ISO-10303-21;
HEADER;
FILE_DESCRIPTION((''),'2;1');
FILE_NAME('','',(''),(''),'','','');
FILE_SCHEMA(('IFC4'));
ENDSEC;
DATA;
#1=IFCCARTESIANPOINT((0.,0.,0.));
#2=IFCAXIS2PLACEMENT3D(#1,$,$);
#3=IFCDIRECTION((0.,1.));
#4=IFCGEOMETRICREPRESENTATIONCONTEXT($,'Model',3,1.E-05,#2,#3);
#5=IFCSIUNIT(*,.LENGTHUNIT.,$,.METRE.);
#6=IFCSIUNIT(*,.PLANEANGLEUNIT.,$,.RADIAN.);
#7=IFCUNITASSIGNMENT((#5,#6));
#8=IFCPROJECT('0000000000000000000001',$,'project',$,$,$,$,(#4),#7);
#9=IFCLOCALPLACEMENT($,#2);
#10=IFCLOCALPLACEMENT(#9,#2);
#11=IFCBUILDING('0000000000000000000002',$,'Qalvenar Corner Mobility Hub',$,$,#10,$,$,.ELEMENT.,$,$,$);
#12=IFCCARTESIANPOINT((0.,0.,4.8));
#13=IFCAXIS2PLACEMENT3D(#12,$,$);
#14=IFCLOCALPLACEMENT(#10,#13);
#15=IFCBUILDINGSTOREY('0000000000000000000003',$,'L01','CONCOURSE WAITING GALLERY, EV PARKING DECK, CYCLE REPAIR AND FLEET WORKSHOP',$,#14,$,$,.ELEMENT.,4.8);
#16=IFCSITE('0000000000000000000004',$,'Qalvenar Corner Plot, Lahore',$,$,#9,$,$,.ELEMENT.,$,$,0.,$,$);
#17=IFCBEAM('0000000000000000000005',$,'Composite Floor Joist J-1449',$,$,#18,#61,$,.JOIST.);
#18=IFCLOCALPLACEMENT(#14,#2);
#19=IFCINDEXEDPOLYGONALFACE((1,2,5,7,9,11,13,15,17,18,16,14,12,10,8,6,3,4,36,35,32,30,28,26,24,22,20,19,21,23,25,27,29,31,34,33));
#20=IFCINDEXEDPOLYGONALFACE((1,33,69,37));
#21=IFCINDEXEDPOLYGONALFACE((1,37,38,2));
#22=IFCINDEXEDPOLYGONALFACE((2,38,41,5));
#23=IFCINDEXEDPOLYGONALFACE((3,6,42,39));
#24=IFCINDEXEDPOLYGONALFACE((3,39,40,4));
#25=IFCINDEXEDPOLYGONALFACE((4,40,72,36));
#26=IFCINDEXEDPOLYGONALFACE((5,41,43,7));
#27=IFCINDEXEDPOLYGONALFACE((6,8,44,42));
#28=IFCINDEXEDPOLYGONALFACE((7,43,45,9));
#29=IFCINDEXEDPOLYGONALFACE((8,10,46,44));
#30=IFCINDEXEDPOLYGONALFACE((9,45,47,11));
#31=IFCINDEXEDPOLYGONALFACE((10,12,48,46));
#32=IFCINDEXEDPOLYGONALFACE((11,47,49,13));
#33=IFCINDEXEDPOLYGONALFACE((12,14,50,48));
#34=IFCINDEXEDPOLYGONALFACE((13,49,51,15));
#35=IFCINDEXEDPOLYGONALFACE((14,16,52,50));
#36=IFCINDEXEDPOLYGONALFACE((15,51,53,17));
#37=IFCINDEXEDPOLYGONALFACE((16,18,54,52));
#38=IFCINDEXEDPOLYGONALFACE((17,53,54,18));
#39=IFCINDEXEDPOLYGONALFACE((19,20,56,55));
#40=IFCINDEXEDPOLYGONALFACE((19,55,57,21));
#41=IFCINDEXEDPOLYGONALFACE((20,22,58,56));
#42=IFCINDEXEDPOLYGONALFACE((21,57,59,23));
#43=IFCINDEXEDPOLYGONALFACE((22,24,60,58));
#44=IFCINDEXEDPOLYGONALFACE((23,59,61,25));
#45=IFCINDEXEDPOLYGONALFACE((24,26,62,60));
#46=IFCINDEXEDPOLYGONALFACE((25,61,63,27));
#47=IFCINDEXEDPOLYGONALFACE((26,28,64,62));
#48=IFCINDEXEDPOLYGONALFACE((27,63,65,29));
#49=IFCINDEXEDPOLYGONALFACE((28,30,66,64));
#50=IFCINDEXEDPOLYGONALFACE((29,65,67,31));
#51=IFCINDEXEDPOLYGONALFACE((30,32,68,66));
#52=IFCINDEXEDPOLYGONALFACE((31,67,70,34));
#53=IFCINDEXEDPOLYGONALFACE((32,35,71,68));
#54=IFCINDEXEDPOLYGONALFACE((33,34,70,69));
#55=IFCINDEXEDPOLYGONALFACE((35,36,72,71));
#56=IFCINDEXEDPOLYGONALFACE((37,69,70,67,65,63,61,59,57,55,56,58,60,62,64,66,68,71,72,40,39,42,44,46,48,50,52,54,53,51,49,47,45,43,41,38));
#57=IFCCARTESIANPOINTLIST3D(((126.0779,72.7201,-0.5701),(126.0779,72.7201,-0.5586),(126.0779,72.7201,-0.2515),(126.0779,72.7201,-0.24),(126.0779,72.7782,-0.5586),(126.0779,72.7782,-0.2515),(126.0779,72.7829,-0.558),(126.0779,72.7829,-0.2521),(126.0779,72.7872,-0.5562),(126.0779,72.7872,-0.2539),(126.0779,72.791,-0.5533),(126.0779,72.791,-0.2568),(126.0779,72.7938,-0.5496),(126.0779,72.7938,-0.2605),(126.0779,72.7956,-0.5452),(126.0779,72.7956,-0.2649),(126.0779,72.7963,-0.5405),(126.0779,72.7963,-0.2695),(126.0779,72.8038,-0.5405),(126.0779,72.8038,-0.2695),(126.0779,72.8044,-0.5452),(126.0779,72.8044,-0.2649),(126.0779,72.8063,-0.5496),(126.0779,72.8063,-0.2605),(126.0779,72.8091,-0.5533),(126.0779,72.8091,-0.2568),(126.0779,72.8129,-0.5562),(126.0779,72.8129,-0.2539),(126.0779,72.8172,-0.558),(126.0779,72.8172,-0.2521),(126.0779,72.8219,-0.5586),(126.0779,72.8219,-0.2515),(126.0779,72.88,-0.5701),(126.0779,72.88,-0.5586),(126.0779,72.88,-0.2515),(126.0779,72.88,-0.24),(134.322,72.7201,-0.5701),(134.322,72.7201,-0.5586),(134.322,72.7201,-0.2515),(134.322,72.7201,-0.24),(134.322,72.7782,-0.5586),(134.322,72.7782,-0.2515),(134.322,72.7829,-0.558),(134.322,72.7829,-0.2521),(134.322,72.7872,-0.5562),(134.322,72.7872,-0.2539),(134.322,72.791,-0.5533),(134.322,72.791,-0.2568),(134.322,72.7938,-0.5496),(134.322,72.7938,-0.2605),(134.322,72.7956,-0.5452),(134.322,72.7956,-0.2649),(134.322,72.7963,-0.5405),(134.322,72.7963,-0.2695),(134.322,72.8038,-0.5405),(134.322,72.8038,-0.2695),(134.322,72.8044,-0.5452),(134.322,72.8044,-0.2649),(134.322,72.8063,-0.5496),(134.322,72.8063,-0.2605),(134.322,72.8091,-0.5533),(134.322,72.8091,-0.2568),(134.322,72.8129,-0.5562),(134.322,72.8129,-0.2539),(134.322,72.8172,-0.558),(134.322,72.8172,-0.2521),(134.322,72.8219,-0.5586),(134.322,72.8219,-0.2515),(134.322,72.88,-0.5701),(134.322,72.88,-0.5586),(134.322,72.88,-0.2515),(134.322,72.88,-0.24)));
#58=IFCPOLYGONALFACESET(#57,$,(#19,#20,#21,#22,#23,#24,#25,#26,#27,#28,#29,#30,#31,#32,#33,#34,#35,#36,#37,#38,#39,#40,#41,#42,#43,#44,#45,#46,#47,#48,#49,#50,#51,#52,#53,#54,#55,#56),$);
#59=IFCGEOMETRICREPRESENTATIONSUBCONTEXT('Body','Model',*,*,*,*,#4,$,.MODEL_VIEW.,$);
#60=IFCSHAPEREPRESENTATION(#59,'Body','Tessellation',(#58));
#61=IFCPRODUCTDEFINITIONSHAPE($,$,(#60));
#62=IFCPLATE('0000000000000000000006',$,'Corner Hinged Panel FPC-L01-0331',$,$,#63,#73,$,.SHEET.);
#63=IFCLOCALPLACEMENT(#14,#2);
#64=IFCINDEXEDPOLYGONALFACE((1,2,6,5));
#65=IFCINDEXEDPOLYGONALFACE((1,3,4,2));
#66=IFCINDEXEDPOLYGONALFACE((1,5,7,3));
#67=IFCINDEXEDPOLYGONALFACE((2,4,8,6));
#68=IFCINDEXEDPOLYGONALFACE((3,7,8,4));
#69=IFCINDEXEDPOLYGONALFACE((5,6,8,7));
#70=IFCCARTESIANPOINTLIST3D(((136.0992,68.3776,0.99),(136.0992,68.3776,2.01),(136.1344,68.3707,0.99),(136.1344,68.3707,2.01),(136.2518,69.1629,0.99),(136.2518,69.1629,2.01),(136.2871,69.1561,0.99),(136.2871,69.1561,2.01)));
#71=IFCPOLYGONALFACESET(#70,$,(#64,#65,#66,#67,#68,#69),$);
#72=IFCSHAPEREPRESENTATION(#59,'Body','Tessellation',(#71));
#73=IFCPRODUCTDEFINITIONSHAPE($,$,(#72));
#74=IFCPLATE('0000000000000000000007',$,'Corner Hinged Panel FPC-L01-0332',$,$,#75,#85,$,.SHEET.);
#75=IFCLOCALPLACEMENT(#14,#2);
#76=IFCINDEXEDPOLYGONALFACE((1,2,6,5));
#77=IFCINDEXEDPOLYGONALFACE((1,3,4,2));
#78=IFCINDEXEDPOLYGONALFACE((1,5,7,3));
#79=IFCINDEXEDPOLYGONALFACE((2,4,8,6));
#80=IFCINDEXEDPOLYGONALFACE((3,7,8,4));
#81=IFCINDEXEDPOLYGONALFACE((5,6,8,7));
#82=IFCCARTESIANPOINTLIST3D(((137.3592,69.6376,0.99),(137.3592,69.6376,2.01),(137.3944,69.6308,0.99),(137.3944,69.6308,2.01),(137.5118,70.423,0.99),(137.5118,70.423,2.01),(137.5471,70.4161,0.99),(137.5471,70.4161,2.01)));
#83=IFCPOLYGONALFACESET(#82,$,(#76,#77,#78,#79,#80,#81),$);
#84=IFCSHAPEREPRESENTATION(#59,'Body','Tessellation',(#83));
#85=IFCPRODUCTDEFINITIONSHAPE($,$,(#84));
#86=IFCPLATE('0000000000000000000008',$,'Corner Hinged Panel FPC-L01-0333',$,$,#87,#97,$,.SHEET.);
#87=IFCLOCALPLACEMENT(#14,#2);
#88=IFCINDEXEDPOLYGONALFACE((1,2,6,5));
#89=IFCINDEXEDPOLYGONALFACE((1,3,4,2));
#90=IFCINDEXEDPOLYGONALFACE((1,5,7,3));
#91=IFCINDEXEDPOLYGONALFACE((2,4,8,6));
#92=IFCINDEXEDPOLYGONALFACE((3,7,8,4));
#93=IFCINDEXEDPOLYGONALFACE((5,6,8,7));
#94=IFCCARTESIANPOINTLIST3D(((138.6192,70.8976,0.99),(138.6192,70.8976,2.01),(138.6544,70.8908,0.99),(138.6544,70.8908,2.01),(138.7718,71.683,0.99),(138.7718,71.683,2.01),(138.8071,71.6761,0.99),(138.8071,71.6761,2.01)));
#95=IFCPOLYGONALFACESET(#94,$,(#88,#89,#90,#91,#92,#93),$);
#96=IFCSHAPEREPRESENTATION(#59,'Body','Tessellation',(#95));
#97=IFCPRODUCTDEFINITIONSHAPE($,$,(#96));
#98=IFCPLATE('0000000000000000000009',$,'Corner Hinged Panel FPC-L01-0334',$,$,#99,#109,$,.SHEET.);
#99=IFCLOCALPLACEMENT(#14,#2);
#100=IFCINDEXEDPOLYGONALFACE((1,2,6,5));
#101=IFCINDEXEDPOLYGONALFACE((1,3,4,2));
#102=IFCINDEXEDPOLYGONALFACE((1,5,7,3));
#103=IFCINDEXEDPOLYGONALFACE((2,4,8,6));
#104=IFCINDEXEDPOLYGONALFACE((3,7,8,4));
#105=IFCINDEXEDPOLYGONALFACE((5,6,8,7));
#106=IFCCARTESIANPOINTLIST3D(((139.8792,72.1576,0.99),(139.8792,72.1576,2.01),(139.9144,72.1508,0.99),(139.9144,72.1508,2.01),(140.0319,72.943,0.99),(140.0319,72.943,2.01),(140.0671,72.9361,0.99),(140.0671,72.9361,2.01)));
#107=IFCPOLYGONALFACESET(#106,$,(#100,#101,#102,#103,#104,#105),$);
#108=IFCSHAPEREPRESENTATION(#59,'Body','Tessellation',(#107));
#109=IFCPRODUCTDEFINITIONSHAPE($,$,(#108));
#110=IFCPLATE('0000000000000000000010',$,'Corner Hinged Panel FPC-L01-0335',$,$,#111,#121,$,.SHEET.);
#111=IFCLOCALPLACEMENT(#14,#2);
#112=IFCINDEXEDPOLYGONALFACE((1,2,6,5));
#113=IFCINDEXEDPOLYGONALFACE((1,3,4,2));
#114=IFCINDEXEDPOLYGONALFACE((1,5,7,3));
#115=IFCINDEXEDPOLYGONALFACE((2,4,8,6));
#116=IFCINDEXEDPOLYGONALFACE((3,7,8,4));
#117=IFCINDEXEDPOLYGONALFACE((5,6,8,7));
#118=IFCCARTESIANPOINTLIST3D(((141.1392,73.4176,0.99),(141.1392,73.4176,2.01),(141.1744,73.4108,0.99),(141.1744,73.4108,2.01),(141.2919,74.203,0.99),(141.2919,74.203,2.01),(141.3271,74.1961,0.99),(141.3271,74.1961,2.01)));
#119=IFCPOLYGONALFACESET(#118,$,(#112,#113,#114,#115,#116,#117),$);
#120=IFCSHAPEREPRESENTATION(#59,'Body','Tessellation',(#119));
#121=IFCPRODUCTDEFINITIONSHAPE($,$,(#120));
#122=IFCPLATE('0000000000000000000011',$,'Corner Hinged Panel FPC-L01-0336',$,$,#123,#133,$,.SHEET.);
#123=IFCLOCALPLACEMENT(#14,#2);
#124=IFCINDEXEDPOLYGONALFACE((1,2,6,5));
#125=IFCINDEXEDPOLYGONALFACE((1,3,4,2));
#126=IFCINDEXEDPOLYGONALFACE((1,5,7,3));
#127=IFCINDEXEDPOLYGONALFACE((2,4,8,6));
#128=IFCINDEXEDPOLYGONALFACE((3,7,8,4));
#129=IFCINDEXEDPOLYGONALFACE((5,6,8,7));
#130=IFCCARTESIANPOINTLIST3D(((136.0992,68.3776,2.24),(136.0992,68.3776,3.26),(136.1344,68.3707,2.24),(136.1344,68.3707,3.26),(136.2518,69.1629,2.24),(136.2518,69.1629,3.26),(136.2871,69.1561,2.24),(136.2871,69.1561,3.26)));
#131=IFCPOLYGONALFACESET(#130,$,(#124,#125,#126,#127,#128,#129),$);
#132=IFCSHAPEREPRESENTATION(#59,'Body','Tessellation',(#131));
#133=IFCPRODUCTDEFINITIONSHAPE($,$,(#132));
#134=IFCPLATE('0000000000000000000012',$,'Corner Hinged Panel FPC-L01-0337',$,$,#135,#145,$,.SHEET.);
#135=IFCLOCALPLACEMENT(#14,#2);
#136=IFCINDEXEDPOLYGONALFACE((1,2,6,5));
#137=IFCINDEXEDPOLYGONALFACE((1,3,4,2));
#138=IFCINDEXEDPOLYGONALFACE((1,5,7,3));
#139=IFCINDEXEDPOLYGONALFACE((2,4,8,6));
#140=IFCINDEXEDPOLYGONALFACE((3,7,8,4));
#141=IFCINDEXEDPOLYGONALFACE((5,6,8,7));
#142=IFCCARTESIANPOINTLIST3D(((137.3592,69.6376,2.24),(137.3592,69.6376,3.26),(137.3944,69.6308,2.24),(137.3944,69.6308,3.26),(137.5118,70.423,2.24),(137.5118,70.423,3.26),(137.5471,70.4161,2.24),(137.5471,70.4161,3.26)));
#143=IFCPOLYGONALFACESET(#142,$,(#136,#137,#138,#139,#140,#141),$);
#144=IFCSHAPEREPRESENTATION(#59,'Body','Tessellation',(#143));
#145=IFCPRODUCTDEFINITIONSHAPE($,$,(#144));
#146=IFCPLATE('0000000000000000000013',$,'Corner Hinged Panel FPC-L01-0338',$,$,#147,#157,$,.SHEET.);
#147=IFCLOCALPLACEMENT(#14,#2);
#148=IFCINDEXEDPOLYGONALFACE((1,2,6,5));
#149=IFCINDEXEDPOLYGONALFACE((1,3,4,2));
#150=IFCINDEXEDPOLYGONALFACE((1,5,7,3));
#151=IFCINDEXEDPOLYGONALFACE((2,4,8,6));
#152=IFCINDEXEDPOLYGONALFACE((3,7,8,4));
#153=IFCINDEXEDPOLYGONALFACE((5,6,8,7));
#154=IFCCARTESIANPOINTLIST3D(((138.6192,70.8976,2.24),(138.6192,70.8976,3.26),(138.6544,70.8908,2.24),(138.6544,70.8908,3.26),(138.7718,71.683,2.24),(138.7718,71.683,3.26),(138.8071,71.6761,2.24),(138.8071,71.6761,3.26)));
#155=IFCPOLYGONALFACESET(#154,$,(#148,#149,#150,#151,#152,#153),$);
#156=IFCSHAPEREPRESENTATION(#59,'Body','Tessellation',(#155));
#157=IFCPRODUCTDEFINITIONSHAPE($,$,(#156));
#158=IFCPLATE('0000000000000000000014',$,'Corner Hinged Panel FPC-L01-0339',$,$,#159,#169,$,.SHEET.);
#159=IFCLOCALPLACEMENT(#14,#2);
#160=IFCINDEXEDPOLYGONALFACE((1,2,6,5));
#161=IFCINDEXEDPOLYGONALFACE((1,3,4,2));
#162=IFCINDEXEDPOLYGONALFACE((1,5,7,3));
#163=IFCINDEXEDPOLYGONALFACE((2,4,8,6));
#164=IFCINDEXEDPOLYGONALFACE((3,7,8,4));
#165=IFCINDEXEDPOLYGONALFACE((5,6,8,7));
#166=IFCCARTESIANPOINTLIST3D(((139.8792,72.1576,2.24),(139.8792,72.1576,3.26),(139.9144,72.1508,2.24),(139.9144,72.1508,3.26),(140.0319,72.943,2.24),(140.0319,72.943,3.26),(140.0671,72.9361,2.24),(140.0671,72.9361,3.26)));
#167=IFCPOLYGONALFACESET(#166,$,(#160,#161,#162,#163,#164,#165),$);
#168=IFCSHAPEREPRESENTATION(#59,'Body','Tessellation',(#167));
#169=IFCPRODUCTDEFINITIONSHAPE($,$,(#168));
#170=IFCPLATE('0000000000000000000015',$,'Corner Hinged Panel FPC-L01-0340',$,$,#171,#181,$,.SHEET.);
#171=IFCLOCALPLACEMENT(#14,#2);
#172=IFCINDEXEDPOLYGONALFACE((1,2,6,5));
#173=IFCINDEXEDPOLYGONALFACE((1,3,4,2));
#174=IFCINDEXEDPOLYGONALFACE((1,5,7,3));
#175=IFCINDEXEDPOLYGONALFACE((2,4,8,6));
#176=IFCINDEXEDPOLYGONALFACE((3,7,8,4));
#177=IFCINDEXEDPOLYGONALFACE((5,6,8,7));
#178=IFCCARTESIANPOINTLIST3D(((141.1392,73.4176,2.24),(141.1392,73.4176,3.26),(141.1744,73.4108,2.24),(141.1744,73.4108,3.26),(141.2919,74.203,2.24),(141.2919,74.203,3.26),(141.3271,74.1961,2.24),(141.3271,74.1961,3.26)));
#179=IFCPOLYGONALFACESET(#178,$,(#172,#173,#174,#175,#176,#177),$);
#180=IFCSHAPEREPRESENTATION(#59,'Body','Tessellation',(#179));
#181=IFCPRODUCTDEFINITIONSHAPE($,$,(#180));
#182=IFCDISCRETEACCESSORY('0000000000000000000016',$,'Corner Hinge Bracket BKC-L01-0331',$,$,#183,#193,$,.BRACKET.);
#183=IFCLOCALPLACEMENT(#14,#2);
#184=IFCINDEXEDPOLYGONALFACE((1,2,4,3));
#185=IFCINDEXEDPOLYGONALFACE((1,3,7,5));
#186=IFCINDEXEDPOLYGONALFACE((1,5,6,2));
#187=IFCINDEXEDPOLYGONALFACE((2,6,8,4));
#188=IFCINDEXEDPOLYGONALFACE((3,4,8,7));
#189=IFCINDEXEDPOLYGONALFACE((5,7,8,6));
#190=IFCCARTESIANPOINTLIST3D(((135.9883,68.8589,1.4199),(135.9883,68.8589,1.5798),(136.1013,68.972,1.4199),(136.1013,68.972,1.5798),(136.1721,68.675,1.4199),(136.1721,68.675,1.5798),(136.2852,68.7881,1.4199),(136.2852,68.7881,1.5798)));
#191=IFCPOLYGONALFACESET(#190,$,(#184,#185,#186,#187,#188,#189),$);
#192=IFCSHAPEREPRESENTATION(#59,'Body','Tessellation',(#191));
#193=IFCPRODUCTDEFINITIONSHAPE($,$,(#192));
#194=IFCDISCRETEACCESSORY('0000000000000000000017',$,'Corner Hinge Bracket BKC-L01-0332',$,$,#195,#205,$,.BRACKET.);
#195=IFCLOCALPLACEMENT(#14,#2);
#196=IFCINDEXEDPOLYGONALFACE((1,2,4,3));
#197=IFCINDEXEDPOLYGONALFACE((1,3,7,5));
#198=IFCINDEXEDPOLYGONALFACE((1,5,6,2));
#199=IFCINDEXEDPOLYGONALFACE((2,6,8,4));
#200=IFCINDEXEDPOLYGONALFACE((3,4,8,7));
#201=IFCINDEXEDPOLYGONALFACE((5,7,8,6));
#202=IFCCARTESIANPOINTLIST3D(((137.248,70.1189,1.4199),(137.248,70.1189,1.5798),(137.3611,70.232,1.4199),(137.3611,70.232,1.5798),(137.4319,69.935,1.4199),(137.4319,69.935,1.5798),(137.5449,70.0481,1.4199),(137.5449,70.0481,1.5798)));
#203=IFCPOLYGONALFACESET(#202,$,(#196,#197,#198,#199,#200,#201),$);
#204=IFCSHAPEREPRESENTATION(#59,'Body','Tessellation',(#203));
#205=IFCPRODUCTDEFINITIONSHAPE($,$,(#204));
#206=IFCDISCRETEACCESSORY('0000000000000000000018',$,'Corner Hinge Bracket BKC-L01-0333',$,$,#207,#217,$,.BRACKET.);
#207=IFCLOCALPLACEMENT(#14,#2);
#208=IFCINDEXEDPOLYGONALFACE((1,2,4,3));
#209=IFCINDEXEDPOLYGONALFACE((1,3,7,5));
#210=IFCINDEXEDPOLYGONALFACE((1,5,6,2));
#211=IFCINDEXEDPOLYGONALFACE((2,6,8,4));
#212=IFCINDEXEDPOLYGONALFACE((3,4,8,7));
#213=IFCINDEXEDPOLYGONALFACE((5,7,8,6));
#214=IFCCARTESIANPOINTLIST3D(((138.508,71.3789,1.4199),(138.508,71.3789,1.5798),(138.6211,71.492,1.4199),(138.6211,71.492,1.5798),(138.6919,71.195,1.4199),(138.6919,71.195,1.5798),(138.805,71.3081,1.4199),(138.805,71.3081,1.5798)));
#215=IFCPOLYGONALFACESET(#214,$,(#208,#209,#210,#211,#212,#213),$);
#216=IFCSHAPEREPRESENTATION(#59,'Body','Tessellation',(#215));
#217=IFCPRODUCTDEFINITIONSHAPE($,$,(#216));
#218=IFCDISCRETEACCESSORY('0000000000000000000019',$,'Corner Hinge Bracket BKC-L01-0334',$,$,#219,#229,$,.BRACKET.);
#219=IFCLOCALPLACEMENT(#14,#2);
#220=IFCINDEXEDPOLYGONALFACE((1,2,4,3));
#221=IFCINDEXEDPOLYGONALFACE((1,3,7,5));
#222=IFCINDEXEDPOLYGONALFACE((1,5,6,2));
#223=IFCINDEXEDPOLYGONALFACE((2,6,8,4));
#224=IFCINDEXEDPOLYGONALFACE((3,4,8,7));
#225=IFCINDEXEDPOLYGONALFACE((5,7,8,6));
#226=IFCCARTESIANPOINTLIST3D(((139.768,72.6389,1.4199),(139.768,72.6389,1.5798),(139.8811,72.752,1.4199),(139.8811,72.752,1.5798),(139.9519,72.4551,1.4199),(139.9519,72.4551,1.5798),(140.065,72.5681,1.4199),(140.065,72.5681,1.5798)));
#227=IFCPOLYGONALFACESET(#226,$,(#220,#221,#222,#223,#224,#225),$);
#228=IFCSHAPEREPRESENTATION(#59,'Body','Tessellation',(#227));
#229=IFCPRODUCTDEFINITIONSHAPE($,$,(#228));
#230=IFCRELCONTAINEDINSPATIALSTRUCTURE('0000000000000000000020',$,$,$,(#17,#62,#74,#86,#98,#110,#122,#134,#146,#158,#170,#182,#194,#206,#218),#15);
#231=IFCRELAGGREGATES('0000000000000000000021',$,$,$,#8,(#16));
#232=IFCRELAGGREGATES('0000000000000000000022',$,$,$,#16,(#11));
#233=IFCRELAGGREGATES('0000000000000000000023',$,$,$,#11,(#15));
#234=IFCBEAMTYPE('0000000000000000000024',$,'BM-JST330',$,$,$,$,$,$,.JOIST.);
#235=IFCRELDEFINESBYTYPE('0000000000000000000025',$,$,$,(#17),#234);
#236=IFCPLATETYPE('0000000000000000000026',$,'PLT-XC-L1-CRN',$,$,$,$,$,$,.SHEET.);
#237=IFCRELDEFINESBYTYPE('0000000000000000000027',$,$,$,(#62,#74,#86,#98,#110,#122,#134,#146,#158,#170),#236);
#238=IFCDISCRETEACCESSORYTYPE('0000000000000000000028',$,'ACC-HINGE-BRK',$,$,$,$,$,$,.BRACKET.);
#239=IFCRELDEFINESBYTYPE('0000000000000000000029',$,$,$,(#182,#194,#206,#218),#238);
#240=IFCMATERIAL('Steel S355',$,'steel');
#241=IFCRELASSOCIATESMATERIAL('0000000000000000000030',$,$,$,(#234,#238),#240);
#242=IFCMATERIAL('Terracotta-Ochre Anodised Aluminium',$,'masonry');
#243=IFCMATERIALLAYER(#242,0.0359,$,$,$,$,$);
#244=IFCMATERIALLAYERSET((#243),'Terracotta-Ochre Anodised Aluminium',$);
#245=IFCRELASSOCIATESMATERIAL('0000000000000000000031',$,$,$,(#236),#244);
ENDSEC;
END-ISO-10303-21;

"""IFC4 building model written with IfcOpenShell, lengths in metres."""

from ifc_helpers import new_model, si_unit, direction, frame, origin, origin_2d, place, context, subcontext, project, spatial, rectangle, i_section, extrude, material, layer, layer_set, material_profile, profile_set, type_object, element, save


model = new_model("IFC4")

# Units and contexts
model_context = context("Model", 3, precision=1e-05, world=origin(), true_north=direction((0.0, 1.0)))
body_context = subcontext(model_context, "Body", "Model", "MODEL_VIEW")
ifc_project = project(units=[si_unit("LENGTHUNIT", "METRE"), si_unit("PLANEANGLEUNIT", "RADIAN")], contexts=[model_context])

# Site, building, storey
site_placement = place(None, origin())
site = spatial("IfcSite", under=ifc_project, at=site_placement, Name="Qalvenar Corner Plot, Lahore", CompositionType="ELEMENT", RefElevation=0.0)
building_placement = place(site_placement, origin())
building = spatial("IfcBuilding", under=site, at=building_placement, Name="Qalvenar Corner Mobility Hub", CompositionType="ELEMENT")
storey_placement = place(building_placement, frame((0.0, 0.0, 4.8)))
storey = spatial("IfcBuildingStorey", under=building, at=storey_placement, Name="L01", Description="CONCOURSE WAITING GALLERY, EV PARKING DECK, CYCLE REPAIR AND FLEET WORKSHOP", CompositionType="ELEMENT", Elevation=4.8)

# Shared definitions
ifc_material_1 = material(Name="Steel S355", Category="steel")

# Beam
ifc_material_profile_1 = material_profile(ifc_material_1, i_section(OverallWidth=0.1599, OverallDepth=0.3301, WebThickness=0.0076, FlangeThickness=0.0115, FilletRadius=0.0181, at=origin_2d()), Name="IPE330")
ifc_profile_set_1 = profile_set([ifc_material_profile_1], Name="Steel S355")
beam_type_1 = type_object("IfcBeamType", Name="BM-JST330", PredefinedType="JOIST", material=ifc_profile_set_1)
for number, where, z_axis, x_axis, name in (
    (1, (126.0779, 72.8, -0.405), (1.0, 0.0, 0.0), (0.0, 1.0, 0.0), "Composite Floor Joist J-1449"),
):
    element("IfcBeam", number, at=place(storey_placement, frame(where, z_axis=z_axis, x_axis=x_axis)), inside=storey, type_object=beam_type_1, Name=name, PredefinedType="JOIST", context=body_context, shape_type="SweptSolid", body=[
        extrude(i_section(OverallWidth=0.1599, OverallDepth=0.3301, WebThickness=0.0076, FlangeThickness=0.0115, FilletRadius=0.0181, at=origin_2d()), origin(), (0.0, 0.0, 1.0), 8.2441),
    ])

# Plates
ifc_material_2 = material(Name="Terracotta-Ochre Anodised Aluminium", Category="masonry")
ifc_layer = layer(ifc_material_2, 0.0359)
ifc_layer_set = layer_set([ifc_layer], Name="Terracotta-Ochre Anodised Aluminium")
plate_type = type_object("IfcPlateType", Name="PLT-XC-L1-CRN", PredefinedType="SHEET", material=ifc_layer_set)
for number, where, z_axis, x_axis, name in (
    (2, (136.1931, 68.7668, 0.99), (0.0, 0.0, 1.0), (0.190809, 0.981627, 0.0), "Corner Hinged Panel FPC-L01-0331"),
    (3, (137.4531, 70.0269, 0.99), (0.0, 0.0, 1.0), (0.190809, 0.981627, 0.0), "Corner Hinged Panel FPC-L01-0332"),
    (4, (138.7131, 71.2869, 0.99), (0.0, 0.0, 1.0), (0.190809, 0.981627, 0.0), "Corner Hinged Panel FPC-L01-0333"),
    (5, (139.9731, 72.5469, 0.99), (0.0, 0.0, 1.0), (0.190809, 0.981627, 0.0), "Corner Hinged Panel FPC-L01-0334"),
    (6, (141.2332, 73.8069, 0.99), (0.0, 0.0, 1.0), (0.190809, 0.981627, 0.0), "Corner Hinged Panel FPC-L01-0335"),
    (7, (136.1931, 68.7668, 2.24), (0.0, 0.0, 1.0), (0.190809, 0.981627, 0.0), "Corner Hinged Panel FPC-L01-0336"),
    (8, (137.4531, 70.0269, 2.24), (0.0, 0.0, 1.0), (0.190809, 0.981627, 0.0), "Corner Hinged Panel FPC-L01-0337"),
    (9, (138.7131, 71.2869, 2.24), (0.0, 0.0, 1.0), (0.190809, 0.981627, 0.0), "Corner Hinged Panel FPC-L01-0338"),
    (10, (139.9731, 72.5469, 2.24), (0.0, 0.0, 1.0), (0.190809, 0.981627, 0.0), "Corner Hinged Panel FPC-L01-0339"),
    (11, (141.2332, 73.8069, 2.24), (0.0, 0.0, 1.0), (0.190809, 0.981627, 0.0), "Corner Hinged Panel FPC-L01-0340"),
):
    element("IfcPlate", number, at=place(storey_placement, frame(where, z_axis=z_axis, x_axis=x_axis)), inside=storey, type_object=plate_type, Name=name, PredefinedType="SHEET", context=body_context, shape_type="SweptSolid", body=[
        extrude(rectangle(XDim=0.8, YDim=0.0359, at=origin_2d()), origin(), (0.0, 0.0, 1.0), 1.02),
    ])

# Discrete accessories
discrete_accessory_type = type_object("IfcDiscreteAccessoryType", Name="ACC-HINGE-BRK", PredefinedType="BRACKET", material=ifc_material_1)
for number, where, z_axis, x_axis, name in (
    (12, (136.1367, 68.8235, 1.4199), (0.0, 0.0, 1.0), (0.707107, 0.707107, 0.0), "Corner Hinge Bracket BKC-L01-0331"),
    (13, (137.3965, 70.0835, 1.4199), (0.0, 0.0, 1.0), (0.707107, 0.707107, 0.0), "Corner Hinge Bracket BKC-L01-0332"),
    (14, (138.6565, 71.3435, 1.4199), (0.0, 0.0, 1.0), (0.707107, 0.707107, 0.0), "Corner Hinge Bracket BKC-L01-0333"),
    (15, (139.9165, 72.6035, 1.4199), (0.0, 0.0, 1.0), (0.707107, 0.707107, 0.0), "Corner Hinge Bracket BKC-L01-0334"),
):
    element("IfcDiscreteAccessory", number, at=place(storey_placement, frame(where, z_axis=z_axis, x_axis=x_axis)), inside=storey, type_object=discrete_accessory_type, Name=name, PredefinedType="BRACKET", context=body_context, shape_type="SweptSolid", body=[
        extrude(rectangle(XDim=0.1599, YDim=0.26, at=origin_2d()), origin(), (0.0, 0.0, 1.0), 0.1599),
    ])

save(model, "model.ifc")
